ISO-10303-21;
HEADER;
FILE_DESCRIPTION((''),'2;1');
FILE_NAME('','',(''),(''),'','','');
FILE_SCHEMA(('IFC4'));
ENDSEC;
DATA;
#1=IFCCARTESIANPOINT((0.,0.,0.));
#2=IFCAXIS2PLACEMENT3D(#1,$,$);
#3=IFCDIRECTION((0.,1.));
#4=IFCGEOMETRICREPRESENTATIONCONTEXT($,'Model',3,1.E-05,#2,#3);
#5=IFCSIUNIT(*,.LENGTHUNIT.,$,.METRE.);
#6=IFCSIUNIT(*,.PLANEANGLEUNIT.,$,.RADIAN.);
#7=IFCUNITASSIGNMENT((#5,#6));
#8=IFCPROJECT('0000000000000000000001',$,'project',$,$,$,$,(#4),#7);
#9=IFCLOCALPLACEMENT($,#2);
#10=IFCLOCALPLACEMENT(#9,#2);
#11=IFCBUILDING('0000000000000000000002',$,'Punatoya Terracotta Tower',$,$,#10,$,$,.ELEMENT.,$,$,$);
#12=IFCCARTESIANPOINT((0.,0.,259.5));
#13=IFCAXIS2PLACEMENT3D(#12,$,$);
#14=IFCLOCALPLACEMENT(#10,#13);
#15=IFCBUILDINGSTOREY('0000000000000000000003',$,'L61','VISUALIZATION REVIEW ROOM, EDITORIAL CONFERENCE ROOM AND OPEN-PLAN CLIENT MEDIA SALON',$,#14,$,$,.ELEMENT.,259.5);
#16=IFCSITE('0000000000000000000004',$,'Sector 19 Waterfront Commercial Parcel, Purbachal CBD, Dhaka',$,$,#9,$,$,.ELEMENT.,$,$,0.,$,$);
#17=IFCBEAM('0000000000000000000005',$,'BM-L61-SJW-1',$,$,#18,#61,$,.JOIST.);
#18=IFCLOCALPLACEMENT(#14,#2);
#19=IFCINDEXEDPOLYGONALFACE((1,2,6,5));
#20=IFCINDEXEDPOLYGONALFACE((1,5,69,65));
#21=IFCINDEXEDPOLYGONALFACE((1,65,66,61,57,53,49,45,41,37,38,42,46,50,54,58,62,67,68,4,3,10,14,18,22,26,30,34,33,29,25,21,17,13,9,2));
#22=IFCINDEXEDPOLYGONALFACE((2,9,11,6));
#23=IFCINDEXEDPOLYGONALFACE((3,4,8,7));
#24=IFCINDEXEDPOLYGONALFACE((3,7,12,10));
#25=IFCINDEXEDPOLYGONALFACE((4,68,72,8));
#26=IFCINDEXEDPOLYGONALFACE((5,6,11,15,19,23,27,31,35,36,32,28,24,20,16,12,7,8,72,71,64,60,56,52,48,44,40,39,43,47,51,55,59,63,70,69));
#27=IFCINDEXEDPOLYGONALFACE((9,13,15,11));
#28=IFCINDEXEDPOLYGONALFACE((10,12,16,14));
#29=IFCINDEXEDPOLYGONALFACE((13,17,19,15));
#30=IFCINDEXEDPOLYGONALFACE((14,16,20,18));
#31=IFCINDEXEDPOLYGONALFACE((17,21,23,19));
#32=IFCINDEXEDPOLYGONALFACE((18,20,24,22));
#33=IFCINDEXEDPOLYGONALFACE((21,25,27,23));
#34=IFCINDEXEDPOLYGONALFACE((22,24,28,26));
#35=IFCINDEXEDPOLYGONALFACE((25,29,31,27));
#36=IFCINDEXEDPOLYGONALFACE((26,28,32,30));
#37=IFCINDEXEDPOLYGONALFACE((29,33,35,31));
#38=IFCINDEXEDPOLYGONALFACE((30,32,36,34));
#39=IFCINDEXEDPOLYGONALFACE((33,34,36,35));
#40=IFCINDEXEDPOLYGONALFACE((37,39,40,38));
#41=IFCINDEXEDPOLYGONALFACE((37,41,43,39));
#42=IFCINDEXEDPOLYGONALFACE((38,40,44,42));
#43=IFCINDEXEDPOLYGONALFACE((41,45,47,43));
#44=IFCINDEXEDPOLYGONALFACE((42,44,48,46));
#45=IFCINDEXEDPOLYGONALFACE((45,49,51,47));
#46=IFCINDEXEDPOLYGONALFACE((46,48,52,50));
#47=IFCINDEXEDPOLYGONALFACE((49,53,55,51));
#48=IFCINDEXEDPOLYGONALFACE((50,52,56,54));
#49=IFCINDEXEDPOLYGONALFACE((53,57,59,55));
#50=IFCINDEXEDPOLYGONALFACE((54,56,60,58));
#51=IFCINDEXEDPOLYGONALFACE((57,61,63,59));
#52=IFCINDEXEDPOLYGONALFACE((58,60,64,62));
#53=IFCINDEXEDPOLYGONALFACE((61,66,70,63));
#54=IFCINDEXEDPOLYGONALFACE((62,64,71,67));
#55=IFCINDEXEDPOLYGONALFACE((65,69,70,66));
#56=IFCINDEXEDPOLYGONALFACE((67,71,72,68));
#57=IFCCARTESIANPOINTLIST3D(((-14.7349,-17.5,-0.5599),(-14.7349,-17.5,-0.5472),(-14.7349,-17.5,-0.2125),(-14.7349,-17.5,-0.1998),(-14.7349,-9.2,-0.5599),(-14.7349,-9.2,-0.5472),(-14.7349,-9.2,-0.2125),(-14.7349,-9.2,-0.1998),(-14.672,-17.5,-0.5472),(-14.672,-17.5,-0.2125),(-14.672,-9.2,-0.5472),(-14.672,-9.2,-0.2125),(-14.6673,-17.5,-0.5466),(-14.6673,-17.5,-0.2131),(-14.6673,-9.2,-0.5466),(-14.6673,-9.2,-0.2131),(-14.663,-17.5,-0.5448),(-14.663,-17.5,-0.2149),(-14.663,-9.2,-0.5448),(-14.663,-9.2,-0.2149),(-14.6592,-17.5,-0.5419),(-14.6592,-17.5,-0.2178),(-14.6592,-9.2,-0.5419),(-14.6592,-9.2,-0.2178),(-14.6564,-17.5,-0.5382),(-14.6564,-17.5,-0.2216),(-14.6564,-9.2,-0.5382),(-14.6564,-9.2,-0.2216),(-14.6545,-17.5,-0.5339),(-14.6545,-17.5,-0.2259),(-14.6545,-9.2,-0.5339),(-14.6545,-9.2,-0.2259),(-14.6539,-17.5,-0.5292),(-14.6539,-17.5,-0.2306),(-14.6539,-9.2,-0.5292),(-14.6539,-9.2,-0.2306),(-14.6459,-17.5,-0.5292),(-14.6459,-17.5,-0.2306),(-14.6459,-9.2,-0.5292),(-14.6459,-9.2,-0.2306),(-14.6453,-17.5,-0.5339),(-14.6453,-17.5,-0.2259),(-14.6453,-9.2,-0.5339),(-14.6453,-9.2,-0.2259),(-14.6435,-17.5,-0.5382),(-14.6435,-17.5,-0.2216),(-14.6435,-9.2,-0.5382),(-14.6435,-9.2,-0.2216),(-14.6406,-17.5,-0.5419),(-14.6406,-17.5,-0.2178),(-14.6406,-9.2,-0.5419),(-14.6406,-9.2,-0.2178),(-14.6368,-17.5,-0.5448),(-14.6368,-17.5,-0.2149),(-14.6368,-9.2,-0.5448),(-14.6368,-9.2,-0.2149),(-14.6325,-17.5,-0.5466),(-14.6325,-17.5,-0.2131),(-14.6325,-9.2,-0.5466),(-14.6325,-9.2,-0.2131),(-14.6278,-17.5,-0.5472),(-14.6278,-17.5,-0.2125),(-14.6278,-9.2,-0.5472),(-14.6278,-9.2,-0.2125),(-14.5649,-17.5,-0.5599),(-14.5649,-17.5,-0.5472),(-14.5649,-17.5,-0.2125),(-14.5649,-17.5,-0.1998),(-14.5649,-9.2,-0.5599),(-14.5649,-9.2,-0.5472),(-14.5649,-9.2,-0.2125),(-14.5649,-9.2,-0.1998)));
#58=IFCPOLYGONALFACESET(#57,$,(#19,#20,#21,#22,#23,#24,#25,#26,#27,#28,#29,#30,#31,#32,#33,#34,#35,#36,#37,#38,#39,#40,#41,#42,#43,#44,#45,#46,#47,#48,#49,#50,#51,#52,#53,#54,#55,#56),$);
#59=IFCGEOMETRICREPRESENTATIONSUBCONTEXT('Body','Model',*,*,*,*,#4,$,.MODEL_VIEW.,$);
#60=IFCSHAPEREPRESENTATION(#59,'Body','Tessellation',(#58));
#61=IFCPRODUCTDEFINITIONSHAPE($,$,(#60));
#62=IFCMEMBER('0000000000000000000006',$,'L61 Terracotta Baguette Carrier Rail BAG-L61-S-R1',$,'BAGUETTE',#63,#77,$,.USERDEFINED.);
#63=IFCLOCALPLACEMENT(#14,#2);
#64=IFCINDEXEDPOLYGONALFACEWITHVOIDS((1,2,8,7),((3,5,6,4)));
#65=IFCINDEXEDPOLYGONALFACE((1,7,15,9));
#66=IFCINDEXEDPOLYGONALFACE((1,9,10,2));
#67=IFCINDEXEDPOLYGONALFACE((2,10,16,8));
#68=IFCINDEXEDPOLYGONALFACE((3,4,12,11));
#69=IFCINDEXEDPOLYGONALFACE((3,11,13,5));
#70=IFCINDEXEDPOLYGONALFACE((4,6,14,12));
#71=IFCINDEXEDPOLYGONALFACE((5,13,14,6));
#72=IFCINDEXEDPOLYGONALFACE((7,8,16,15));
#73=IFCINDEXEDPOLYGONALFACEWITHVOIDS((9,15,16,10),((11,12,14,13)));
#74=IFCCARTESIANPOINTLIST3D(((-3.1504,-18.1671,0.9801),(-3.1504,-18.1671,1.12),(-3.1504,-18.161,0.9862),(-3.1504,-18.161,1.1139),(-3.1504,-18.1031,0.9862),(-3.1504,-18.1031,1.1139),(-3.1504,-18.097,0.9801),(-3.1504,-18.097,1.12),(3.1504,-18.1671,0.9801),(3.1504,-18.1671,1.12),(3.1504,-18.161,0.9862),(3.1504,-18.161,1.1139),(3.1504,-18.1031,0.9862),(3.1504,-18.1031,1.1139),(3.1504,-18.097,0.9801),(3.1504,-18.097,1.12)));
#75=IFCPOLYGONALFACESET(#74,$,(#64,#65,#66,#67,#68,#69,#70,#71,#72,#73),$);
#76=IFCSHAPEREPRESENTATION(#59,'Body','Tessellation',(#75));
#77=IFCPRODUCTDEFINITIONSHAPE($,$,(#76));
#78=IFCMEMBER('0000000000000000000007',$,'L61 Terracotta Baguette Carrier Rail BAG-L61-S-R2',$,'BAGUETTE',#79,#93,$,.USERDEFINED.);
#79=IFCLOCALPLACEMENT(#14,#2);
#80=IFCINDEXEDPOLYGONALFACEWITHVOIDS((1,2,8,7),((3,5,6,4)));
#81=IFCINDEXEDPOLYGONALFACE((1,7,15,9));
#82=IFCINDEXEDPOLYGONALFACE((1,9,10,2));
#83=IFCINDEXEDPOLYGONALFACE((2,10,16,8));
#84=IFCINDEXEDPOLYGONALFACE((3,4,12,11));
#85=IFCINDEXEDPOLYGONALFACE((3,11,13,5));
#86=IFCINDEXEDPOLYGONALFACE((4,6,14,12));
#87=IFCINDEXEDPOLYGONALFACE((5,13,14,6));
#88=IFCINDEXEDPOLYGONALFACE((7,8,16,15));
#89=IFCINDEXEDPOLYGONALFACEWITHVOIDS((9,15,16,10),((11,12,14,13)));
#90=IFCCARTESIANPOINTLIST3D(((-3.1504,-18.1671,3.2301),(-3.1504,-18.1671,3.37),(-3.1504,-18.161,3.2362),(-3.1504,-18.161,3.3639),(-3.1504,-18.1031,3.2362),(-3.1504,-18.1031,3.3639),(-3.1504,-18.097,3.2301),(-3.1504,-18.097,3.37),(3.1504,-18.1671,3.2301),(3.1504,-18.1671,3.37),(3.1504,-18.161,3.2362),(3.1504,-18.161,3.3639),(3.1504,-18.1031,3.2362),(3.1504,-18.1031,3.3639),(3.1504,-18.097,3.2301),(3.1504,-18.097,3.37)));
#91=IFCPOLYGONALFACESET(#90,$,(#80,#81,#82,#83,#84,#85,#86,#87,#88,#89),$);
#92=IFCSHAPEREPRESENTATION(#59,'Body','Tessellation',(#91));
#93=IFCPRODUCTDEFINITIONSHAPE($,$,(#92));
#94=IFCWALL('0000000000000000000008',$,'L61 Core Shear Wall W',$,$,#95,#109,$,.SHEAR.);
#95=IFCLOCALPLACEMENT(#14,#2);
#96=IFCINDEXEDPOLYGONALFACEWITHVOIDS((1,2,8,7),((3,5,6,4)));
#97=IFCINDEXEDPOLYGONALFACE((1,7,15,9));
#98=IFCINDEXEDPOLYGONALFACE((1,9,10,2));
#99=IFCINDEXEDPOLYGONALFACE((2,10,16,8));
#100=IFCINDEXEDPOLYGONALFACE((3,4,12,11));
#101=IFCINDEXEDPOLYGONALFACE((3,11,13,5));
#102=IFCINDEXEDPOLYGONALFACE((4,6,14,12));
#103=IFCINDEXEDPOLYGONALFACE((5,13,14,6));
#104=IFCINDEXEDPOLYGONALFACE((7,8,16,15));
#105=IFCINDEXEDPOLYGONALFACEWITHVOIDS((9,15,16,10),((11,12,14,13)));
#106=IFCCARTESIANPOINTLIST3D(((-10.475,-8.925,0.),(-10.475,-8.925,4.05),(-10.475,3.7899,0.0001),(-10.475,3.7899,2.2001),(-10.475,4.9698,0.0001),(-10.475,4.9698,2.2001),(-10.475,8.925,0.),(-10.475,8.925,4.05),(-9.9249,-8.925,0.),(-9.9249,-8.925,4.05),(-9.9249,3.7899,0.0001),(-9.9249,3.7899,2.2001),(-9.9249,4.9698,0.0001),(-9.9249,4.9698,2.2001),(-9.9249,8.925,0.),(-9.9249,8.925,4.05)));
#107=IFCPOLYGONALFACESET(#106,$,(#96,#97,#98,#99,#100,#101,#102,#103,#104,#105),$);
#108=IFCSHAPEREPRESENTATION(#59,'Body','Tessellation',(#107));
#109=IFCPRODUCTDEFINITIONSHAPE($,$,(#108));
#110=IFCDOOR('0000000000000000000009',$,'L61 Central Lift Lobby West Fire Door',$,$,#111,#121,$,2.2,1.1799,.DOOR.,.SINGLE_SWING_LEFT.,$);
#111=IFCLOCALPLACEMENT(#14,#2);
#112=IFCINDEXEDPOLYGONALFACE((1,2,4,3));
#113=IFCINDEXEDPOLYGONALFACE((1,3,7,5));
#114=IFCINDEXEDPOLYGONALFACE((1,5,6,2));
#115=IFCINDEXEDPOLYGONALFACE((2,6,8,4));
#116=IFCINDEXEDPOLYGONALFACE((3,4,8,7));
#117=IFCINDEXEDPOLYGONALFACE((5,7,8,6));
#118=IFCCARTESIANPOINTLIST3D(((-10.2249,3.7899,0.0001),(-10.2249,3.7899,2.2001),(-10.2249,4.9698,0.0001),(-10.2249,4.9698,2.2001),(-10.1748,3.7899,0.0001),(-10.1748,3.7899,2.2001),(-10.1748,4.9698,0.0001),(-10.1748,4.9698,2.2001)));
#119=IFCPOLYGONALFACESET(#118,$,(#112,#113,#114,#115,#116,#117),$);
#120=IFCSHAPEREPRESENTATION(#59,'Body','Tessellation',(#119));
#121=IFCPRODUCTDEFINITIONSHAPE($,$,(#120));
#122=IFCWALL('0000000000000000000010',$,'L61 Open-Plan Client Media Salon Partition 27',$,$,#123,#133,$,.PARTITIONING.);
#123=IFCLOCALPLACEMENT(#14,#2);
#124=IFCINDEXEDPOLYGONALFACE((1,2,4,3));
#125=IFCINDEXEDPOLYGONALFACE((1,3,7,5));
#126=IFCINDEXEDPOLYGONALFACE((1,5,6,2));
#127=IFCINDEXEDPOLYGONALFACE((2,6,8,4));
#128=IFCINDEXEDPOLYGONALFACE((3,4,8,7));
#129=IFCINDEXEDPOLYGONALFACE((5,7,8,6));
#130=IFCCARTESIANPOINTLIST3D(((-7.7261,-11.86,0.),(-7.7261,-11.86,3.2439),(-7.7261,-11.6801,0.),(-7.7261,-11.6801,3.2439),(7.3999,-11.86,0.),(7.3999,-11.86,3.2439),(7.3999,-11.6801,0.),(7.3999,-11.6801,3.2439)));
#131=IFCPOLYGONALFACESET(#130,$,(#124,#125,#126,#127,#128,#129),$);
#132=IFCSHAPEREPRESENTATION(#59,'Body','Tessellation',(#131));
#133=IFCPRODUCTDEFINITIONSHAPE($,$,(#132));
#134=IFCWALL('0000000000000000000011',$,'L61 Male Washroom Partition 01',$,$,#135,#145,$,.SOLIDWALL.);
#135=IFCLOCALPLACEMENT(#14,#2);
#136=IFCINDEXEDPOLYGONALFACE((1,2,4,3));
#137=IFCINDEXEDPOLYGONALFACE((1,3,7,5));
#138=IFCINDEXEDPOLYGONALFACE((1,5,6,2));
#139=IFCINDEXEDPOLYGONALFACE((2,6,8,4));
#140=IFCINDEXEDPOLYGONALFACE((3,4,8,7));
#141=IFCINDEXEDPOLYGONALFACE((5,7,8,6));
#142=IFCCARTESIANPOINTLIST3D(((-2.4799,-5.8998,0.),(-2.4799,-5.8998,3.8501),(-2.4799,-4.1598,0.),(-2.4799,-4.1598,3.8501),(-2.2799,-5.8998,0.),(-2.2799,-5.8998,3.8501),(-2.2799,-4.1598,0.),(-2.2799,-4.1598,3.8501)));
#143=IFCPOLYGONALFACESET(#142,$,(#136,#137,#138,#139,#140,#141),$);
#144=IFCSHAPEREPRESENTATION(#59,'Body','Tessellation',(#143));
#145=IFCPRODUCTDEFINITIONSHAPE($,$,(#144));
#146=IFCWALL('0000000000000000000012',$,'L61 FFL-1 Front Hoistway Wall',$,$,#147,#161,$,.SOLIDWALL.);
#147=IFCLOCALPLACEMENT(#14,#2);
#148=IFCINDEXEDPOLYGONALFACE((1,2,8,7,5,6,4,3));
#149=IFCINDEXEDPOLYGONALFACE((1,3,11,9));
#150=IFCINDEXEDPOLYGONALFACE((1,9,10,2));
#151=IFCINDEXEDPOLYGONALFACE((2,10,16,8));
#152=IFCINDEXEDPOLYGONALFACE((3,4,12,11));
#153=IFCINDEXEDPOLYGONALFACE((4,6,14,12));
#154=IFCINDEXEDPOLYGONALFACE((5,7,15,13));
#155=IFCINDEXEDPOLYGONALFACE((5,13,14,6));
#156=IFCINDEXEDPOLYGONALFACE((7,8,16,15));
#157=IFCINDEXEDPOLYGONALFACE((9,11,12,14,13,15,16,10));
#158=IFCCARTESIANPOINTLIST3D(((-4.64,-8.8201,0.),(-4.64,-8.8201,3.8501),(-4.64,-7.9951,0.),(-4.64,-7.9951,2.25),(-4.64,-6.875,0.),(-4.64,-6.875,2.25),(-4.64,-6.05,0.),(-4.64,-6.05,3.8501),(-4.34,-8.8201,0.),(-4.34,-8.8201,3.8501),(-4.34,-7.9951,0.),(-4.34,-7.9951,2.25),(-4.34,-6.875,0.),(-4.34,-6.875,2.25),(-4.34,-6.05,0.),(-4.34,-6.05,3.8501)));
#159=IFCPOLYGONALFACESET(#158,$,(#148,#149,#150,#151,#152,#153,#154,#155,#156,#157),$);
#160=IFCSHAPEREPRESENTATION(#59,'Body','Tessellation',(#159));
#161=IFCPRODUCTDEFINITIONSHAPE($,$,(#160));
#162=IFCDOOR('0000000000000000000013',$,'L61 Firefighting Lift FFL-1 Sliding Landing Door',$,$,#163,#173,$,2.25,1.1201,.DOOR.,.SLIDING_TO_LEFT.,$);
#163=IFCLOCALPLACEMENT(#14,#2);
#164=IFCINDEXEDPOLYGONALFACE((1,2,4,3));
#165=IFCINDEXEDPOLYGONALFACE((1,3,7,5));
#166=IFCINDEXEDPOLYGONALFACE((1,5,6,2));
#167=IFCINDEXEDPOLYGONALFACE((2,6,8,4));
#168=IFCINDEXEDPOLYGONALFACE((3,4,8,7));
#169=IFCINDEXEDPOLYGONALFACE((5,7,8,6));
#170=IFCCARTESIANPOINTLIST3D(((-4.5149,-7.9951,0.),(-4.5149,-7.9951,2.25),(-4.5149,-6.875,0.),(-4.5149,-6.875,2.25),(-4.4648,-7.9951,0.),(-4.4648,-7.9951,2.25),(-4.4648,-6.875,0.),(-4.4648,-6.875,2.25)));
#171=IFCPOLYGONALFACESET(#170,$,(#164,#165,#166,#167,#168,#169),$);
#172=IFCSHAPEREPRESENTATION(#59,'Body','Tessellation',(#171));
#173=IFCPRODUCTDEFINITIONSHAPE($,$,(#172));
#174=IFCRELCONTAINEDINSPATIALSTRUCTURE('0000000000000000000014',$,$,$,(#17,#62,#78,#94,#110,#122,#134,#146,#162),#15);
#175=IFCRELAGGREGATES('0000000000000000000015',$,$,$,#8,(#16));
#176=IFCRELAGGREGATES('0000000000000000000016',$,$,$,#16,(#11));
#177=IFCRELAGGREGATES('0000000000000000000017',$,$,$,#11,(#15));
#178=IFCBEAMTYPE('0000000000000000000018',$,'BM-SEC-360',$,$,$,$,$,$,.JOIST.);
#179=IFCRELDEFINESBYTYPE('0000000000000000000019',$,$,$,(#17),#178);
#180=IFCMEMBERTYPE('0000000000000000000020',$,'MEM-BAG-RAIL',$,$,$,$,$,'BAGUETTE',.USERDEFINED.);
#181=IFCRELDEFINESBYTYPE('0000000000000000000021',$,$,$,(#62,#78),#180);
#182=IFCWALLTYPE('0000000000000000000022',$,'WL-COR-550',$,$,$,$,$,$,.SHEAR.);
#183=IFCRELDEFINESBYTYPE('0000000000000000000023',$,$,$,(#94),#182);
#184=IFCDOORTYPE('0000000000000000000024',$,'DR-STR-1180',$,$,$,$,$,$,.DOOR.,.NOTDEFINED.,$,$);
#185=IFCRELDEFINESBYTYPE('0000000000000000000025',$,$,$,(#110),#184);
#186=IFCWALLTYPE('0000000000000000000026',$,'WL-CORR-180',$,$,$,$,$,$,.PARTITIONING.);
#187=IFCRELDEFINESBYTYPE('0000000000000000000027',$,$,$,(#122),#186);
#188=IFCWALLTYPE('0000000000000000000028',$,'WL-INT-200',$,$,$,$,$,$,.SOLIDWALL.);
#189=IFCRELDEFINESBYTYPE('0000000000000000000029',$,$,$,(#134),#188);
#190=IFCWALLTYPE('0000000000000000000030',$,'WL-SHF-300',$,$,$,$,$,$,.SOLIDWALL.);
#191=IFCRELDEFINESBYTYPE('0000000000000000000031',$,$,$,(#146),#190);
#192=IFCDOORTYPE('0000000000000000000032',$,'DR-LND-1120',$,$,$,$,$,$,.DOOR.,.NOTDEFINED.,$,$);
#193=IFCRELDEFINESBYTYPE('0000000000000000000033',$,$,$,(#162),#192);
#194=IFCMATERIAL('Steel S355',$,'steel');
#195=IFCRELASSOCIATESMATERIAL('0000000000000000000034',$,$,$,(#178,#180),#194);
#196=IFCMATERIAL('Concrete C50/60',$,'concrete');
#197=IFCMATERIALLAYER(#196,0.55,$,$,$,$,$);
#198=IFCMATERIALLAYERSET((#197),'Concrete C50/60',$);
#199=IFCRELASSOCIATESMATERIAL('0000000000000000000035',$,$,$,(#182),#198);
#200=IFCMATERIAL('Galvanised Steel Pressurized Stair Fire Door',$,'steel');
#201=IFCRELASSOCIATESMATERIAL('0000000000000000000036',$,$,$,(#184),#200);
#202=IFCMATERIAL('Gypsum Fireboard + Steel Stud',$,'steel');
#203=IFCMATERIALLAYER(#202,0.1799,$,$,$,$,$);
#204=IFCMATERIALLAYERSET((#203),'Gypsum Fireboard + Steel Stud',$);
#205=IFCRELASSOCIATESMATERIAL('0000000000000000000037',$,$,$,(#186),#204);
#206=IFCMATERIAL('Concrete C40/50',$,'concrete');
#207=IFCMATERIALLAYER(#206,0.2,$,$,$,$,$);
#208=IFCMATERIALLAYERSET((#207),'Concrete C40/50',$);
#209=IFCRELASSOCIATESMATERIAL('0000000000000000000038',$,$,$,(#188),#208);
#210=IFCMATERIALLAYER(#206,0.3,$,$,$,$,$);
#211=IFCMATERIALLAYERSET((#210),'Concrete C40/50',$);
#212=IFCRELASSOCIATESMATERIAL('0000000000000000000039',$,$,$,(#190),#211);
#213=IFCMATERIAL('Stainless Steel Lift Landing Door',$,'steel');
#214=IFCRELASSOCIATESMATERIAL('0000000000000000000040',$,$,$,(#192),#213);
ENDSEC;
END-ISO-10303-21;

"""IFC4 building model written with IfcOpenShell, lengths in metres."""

from ifc_helpers import new_model, si_unit, direction, frame, frame_2d, origin, origin_2d, place, context, subcontext, project, spatial, rectangle, hollow_rectangle, i_section, extrude, material, layer, layer_set, material_profile, profile_set, type_object, element, fill, save


model = new_model("IFC4")

# Units and contexts
model_context = context("Model", 3, precision=1e-05, world=origin(), true_north=direction((0.0, 1.0)))
body_context = subcontext(model_context, "Body", "Model", "MODEL_VIEW")
ifc_project = project(units=[si_unit("LENGTHUNIT", "METRE"), si_unit("PLANEANGLEUNIT", "RADIAN")], contexts=[model_context])

# Site, building, storey
site_placement = place(None, origin())
site = spatial("IfcSite", under=ifc_project, at=site_placement, Name="Sector 19 Waterfront Commercial Parcel, Purbachal CBD, Dhaka", CompositionType="ELEMENT", RefElevation=0.0)
building_placement = place(site_placement, origin())
building = spatial("IfcBuilding", under=site, at=building_placement, Name="Punatoya Terracotta Tower", CompositionType="ELEMENT")
storey_placement = place(building_placement, frame((0.0, 0.0, 259.5)))
storey = spatial("IfcBuildingStorey", under=building, at=storey_placement, Name="L61", Description="VISUALIZATION REVIEW ROOM, EDITORIAL CONFERENCE ROOM AND OPEN-PLAN CLIENT MEDIA SALON", CompositionType="ELEMENT", Elevation=259.5)

# Beam
ifc_material_1 = material(Name="Steel S355", Category="steel")
ifc_material_profile_1 = material_profile(ifc_material_1, i_section(OverallWidth=0.1699, OverallDepth=0.3601, WebThickness=0.0081, FlangeThickness=0.0127, FilletRadius=0.0181, at=origin_2d()))
ifc_profile_set_1 = profile_set([ifc_material_profile_1], Name="Steel S355")
beam_type_1 = type_object("IfcBeamType", Name="BM-SEC-360", PredefinedType="JOIST", material=ifc_profile_set_1)
beam_1_placement = place(storey_placement, frame((-14.6499, -17.5, -0.3799), z_axis=(0.0, 1.0, 0.0), x_axis=(-1.0, 0.0, 0.0)))
element("IfcBeam", 1, at=beam_1_placement, inside=storey, type_object=beam_type_1, Name="BM-L61-SJW-1", PredefinedType="JOIST", context=body_context, shape_type="SweptSolid", body=[
    extrude(i_section(OverallWidth=0.1699, OverallDepth=0.3601, WebThickness=0.0081, FlangeThickness=0.0127, FilletRadius=0.0181, at=origin_2d()), origin(), (0.0, 0.0, 1.0), 8.3),
])

# Members
ifc_material_profile_2 = material_profile(ifc_material_1, hollow_rectangle(XDim=0.0701, YDim=0.1399, WallThickness=0.0061, at=origin_2d()))
ifc_profile_set_2 = profile_set([ifc_material_profile_2], Name="Steel S355")
member_type = type_object("IfcMemberType", Name="MEM-BAG-RAIL", ElementType="BAGUETTE", PredefinedType="USERDEFINED", material=ifc_profile_set_2)
for number, where, z_axis, x_axis, name in (
    (2, (-3.1504, -18.1321, 1.05), (1.0, 0.0, 0.0), (0.0, 1.0, 0.0), "L61 Terracotta Baguette Carrier Rail BAG-L61-S-R1"),
    (3, (-3.1504, -18.1321, 3.3), (1.0, 0.0, 0.0), (0.0, 1.0, 0.0), "L61 Terracotta Baguette Carrier Rail BAG-L61-S-R2"),
):
    element("IfcMember", number, at=place(storey_placement, frame(where, z_axis=z_axis, x_axis=x_axis)), inside=storey, type_object=member_type, Name=name, ObjectType="BAGUETTE", PredefinedType="USERDEFINED", context=body_context, shape_type="SweptSolid", body=[
        extrude(hollow_rectangle(XDim=0.0701, YDim=0.1399, WallThickness=0.0061, at=origin_2d()), origin(), (0.0, 0.0, 1.0), 6.3008),
    ])

# Wall, opening, door
ifc_material_2 = material(Name="Concrete C50/60", Category="concrete")
ifc_layer_1 = layer(ifc_material_2, 0.55)
ifc_layer_set_1 = layer_set([ifc_layer_1], Name="Concrete C50/60")
wall_type_1 = type_object("IfcWallType", Name="WL-COR-550", PredefinedType="SHEAR", material=ifc_layer_set_1)
wall_1_placement = place(storey_placement, frame((-10.2, -8.925, 0.0), z_axis=(0.0, 0.0, 1.0), x_axis=(0.0, 1.0, 0.0)))
wall_1 = element("IfcWall", 4, at=wall_1_placement, inside=storey, type_object=wall_type_1, Name="L61 Core Shear Wall W", PredefinedType="SHEAR", context=body_context, shape_type="SweptSolid", body=[
    extrude(rectangle(XDim=17.8501, YDim=0.55, at=frame_2d((8.925, 0.0))), origin(), (0.0, 0.0, 1.0), 4.05),
])
opening_1_placement = place(wall_1_placement, frame((12.7151, 0.0, 0.0)))
opening_1 = element("IfcOpeningElement", 5, at=opening_1_placement, cuts=wall_1, PredefinedType="OPENING", context=body_context, shape_type="SweptSolid", body=[
    extrude(rectangle(XDim=1.1799, YDim=2.2, at=frame_2d((0.5898, 1.1001))), frame((0.0, 0.2849, 0.0), z_axis=(0.0, -1.0, 0.0), x_axis=(1.0, 0.0, 0.0)), (0.0, 0.0, 1.0), 0.5701),
])
ifc_material_3 = material(Name="Galvanised Steel Pressurized Stair Fire Door", Category="steel")
door_type_1 = type_object("IfcDoorType", Name="DR-STR-1180", OperationType="NOTDEFINED", PredefinedType="DOOR", material=ifc_material_3)
door_1_placement = place(opening_1_placement, origin())
door_1 = element("IfcDoor", 6, at=door_1_placement, inside=storey, type_object=door_type_1, Name="L61 Central Lift Lobby West Fire Door", OperationType="SINGLE_SWING_LEFT", OverallHeight=2.2, OverallWidth=1.1799, PredefinedType="DOOR", context=body_context, shape_type="SweptSolid", body=[
    extrude(rectangle(XDim=1.1799, YDim=2.2, at=frame_2d((0.5898, 1.1001))), frame((0.0, 0.0249, 0.0), z_axis=(0.0, -1.0, 0.0), x_axis=(1.0, 0.0, 0.0)), (0.0, 0.0, 1.0), 0.05),
])
fill(opening_1, door_1)

# Walls
ifc_material_4 = material(Name="Gypsum Fireboard + Steel Stud", Category="steel")
ifc_layer_2 = layer(ifc_material_4, 0.1799)
ifc_layer_set_2 = layer_set([ifc_layer_2], Name="Gypsum Fireboard + Steel Stud")
wall_type_2 = type_object("IfcWallType", Name="WL-CORR-180", PredefinedType="PARTITIONING", material=ifc_layer_set_2)
wall_2_placement = place(storey_placement, frame((-7.7261, -11.77, 0.0), z_axis=(0.0, 0.0, 1.0), x_axis=(1.0, 0.0, 0.0)))
element("IfcWall", 7, at=wall_2_placement, inside=storey, type_object=wall_type_2, Name="L61 Open-Plan Client Media Salon Partition 27", PredefinedType="PARTITIONING", context=body_context, shape_type="SweptSolid", body=[
    extrude(rectangle(XDim=15.126, YDim=0.1799, at=frame_2d((7.563, 0.0))), origin(), (0.0, 0.0, 1.0), 3.2439),
])
ifc_material_5 = material(Name="Concrete C40/50", Category="concrete")
ifc_layer_3 = layer(ifc_material_5, 0.2)
ifc_layer_set_3 = layer_set([ifc_layer_3], Name="Concrete C40/50")
wall_type_3 = type_object("IfcWallType", Name="WL-INT-200", PredefinedType="SOLIDWALL", material=ifc_layer_set_3)
wall_3_placement = place(storey_placement, frame((-2.3799, -5.8999, 0.0), z_axis=(0.0, 0.0, 1.0), x_axis=(0.0, 1.0, 0.0)))
element("IfcWall", 8, at=wall_3_placement, inside=storey, type_object=wall_type_3, Name="L61 Male Washroom Partition 01", PredefinedType="SOLIDWALL", context=body_context, shape_type="SweptSolid", body=[
    extrude(rectangle(XDim=1.74, YDim=0.2, at=frame_2d((0.8701, 0.0))), origin(), (0.0, 0.0, 1.0), 3.8501),
])

# Wall, opening, door
ifc_layer_4 = layer(ifc_material_5, 0.3)
ifc_layer_set_4 = layer_set([ifc_layer_4], Name="Concrete C40/50")
wall_type_4 = type_object("IfcWallType", Name="WL-SHF-300", PredefinedType="SOLIDWALL", material=ifc_layer_set_4)
wall_4_placement = place(storey_placement, frame((-4.49, -8.8201, 0.0), z_axis=(0.0, 0.0, 1.0), x_axis=(0.0, 1.0, 0.0)))
wall_4 = element("IfcWall", 9, at=wall_4_placement, inside=storey, type_object=wall_type_4, Name="L61 FFL-1 Front Hoistway Wall", PredefinedType="SOLIDWALL", context=body_context, shape_type="SweptSolid", body=[
    extrude(rectangle(XDim=2.77, YDim=0.3, at=frame_2d((1.385, 0.0))), origin(), (0.0, 0.0, 1.0), 3.8501),
])
opening_2_placement = place(wall_4_placement, frame((0.825, 0.0, 0.0)))
opening_2 = element("IfcOpeningElement", 10, at=opening_2_placement, cuts=wall_4, PredefinedType="OPENING", context=body_context, shape_type="SweptSolid", body=[
    extrude(rectangle(XDim=1.1201, YDim=2.25, at=frame_2d((0.5601, 1.125))), frame((0.0, 0.1599, 0.0), z_axis=(0.0, -1.0, 0.0), x_axis=(1.0, 0.0, 0.0)), (0.0, 0.0, 1.0), 0.3201),
])
ifc_material_6 = material(Name="Stainless Steel Lift Landing Door", Category="steel")
door_type_2 = type_object("IfcDoorType", Name="DR-LND-1120", OperationType="NOTDEFINED", PredefinedType="DOOR", material=ifc_material_6)
door_2_placement = place(opening_2_placement, origin())
door_2 = element("IfcDoor", 11, at=door_2_placement, inside=storey, type_object=door_type_2, Name="L61 Firefighting Lift FFL-1 Sliding Landing Door", OperationType="SLIDING_TO_LEFT", OverallHeight=2.25, OverallWidth=1.1201, PredefinedType="DOOR", context=body_context, shape_type="SweptSolid", body=[
    extrude(rectangle(XDim=1.1201, YDim=2.25, at=frame_2d((0.5601, 1.125))), frame((0.0, 0.0249, 0.0), z_axis=(0.0, -1.0, 0.0), x_axis=(1.0, 0.0, 0.0)), (0.0, 0.0, 1.0), 0.05),
])
fill(opening_2, door_2)

save(model, "model.ifc")
